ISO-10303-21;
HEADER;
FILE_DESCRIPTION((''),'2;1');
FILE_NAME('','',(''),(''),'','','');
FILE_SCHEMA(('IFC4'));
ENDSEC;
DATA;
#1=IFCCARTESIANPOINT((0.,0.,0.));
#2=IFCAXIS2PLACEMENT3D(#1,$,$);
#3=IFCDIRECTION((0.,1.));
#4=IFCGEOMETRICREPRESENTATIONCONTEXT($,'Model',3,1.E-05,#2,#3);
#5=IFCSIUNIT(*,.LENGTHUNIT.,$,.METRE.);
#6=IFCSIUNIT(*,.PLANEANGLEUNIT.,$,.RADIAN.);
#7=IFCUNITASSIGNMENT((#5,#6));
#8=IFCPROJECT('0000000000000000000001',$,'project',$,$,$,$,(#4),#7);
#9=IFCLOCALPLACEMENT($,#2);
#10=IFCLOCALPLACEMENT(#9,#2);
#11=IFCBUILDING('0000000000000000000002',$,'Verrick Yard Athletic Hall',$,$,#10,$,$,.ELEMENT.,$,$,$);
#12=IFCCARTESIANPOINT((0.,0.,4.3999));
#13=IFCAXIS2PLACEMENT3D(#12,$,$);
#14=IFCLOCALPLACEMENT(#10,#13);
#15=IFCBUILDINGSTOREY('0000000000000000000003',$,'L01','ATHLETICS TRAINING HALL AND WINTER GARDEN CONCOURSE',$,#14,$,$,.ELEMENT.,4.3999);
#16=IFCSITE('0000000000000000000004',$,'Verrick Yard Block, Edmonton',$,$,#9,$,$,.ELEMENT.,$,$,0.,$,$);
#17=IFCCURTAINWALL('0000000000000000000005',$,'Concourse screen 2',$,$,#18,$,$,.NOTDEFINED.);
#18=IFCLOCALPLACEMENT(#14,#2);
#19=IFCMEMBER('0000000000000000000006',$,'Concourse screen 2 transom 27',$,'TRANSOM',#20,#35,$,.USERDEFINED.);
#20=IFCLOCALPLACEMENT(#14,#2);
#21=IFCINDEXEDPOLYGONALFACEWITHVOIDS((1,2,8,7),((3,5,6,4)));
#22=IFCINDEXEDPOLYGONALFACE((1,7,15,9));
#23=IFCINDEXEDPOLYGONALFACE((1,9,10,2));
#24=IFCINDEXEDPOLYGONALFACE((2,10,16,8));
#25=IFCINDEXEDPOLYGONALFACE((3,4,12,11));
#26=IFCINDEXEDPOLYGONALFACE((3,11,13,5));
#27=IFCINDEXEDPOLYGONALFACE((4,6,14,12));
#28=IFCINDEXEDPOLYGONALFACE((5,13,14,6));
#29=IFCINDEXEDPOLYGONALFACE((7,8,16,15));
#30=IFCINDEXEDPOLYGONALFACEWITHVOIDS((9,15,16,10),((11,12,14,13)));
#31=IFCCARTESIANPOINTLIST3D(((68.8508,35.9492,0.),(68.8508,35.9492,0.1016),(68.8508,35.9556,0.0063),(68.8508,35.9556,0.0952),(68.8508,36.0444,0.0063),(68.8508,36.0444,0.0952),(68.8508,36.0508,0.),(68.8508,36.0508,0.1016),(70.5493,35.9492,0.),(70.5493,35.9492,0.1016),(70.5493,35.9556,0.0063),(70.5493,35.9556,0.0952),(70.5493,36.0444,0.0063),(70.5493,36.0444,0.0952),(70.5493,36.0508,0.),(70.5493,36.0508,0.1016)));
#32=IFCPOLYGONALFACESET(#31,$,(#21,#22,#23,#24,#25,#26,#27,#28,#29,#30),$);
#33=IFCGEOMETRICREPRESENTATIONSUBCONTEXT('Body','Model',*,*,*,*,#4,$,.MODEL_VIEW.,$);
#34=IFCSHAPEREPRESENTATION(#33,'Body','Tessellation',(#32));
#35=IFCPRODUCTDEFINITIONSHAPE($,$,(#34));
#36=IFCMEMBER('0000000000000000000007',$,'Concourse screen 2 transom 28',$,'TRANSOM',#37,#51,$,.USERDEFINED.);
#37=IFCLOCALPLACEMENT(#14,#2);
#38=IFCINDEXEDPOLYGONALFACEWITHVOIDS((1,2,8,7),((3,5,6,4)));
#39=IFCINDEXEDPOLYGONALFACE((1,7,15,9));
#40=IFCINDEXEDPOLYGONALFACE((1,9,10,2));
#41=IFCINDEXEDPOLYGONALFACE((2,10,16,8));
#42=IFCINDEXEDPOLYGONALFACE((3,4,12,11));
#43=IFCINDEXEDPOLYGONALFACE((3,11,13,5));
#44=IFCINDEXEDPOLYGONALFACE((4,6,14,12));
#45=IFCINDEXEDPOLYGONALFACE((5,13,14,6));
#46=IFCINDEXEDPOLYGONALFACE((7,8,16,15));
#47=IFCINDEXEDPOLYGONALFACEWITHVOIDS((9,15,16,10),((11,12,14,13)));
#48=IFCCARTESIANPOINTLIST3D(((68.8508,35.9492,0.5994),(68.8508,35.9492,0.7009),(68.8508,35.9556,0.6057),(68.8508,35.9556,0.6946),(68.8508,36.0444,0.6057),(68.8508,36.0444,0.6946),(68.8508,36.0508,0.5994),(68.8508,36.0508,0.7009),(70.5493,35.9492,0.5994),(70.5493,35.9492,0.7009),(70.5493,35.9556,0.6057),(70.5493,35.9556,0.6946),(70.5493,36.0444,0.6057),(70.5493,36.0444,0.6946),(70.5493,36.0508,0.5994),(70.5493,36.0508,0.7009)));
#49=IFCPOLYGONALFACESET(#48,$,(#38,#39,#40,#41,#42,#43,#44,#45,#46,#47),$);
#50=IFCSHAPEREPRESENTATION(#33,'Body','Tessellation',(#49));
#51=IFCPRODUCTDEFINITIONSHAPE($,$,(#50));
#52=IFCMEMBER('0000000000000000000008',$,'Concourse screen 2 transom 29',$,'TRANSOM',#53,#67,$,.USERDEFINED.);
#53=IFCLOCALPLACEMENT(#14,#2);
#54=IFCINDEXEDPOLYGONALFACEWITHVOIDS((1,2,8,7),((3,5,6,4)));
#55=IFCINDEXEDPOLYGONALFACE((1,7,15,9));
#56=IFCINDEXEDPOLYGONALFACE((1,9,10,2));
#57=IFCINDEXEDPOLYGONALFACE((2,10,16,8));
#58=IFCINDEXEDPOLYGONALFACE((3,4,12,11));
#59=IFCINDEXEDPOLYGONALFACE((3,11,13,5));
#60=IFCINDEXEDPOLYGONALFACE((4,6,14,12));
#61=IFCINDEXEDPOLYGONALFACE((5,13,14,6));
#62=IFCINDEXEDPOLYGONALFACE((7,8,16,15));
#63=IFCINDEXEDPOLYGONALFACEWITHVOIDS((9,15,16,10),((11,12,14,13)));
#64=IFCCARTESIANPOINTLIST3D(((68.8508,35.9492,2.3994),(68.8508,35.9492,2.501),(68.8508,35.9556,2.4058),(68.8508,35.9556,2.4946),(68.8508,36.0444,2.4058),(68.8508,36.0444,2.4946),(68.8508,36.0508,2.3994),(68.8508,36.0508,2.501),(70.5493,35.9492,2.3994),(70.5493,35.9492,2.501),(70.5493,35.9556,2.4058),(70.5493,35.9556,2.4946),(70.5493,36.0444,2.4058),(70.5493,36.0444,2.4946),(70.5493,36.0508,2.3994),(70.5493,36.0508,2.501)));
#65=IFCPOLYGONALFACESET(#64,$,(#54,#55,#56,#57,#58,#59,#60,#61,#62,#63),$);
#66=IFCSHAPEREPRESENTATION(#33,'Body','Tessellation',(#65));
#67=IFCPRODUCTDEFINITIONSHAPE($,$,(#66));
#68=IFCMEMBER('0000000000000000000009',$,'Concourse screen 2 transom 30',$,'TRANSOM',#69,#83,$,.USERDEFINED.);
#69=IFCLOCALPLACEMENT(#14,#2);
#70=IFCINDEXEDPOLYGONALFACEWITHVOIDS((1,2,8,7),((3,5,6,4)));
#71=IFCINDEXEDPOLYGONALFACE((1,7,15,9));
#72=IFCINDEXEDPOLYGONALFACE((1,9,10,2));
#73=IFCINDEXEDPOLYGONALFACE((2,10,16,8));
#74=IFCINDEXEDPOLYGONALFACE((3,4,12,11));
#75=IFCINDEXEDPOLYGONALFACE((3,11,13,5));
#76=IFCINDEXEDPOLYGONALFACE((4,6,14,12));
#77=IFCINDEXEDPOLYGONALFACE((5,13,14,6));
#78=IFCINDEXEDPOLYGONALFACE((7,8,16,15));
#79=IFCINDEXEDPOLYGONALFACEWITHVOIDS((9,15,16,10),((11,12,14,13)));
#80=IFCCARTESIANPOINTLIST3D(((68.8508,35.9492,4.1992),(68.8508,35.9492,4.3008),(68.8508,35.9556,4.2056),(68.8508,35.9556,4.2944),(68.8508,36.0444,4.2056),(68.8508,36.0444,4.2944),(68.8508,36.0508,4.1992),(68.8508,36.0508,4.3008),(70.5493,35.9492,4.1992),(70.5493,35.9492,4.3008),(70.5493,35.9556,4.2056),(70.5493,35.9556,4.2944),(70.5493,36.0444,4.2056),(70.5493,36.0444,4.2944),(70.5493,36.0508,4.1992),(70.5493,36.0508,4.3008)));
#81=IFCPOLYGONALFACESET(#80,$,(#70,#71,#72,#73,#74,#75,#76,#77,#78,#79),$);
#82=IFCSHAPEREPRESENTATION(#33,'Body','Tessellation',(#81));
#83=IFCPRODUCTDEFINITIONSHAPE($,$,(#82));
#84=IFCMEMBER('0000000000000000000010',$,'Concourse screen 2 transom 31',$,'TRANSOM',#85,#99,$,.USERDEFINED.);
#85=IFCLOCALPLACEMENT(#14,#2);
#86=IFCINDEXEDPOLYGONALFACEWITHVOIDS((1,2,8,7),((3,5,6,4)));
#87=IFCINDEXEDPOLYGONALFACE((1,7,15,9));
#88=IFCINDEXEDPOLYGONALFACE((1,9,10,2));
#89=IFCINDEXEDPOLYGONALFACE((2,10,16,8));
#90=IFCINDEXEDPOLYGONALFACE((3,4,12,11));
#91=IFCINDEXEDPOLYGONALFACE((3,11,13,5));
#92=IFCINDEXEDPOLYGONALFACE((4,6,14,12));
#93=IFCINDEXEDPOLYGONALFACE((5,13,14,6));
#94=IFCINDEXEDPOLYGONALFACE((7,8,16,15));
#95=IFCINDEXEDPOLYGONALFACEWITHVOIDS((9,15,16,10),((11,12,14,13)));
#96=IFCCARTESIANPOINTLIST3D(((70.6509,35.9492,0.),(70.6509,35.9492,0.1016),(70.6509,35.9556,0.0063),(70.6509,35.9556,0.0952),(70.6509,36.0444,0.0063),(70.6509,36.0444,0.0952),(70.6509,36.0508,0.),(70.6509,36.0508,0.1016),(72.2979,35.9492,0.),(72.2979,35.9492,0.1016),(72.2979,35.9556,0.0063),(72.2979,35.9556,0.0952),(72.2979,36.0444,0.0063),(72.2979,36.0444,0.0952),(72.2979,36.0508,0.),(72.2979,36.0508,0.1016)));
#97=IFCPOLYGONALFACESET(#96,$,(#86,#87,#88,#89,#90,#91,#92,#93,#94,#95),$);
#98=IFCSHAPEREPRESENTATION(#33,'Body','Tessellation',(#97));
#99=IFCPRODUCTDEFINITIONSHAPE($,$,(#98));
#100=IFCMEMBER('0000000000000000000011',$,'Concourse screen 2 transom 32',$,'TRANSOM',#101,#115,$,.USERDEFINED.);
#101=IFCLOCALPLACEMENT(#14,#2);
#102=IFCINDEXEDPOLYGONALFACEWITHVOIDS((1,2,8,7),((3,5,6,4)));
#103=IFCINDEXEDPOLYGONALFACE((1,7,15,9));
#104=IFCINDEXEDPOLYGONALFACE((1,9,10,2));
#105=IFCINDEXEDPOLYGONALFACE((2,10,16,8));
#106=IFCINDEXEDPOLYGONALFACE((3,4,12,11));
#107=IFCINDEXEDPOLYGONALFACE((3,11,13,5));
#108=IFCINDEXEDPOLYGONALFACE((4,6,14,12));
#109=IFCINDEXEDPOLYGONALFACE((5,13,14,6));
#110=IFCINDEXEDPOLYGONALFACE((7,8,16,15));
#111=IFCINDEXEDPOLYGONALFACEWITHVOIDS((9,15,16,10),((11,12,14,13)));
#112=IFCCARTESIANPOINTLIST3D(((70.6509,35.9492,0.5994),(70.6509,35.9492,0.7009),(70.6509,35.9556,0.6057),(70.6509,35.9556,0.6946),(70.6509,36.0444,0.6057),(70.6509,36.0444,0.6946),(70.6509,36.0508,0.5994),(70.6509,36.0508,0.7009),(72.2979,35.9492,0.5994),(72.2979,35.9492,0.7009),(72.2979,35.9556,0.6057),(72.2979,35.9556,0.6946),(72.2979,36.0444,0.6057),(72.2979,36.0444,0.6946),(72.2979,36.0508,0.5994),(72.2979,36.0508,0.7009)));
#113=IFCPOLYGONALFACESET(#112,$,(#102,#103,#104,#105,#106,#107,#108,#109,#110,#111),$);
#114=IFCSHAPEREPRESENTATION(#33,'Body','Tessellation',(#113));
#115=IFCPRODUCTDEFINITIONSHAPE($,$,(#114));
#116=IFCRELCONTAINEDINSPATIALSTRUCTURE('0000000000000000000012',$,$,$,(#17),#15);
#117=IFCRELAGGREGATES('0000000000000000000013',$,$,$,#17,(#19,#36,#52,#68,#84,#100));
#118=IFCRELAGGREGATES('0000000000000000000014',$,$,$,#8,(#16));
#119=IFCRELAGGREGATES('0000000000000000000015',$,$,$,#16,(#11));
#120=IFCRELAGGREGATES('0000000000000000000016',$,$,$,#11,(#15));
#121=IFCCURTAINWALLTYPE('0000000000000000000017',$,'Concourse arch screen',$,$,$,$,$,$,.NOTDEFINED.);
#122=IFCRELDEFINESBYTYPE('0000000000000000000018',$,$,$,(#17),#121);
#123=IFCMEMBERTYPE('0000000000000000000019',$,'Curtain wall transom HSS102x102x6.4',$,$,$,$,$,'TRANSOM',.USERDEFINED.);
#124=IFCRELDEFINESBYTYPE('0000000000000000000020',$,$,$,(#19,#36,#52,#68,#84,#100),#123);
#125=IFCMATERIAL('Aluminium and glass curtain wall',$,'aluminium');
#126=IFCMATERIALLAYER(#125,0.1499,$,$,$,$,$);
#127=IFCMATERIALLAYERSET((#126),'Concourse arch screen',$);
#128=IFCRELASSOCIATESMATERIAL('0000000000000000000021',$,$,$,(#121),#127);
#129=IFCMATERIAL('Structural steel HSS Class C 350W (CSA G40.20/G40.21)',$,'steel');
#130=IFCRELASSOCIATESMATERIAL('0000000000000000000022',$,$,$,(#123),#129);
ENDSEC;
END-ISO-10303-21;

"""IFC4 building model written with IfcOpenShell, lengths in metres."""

from ifc_helpers import new_model, si_unit, direction, frame, origin, origin_2d, place, context, subcontext, project, spatial, hollow_rectangle, extrude, material, layer, layer_set, material_profile, profile_set, type_object, element, aggregate, save


model = new_model("IFC4")

# Units and contexts
model_context = context("Model", 3, precision=1e-05, world=origin(), true_north=direction((0.0, 1.0)))
body_context = subcontext(model_context, "Body", "Model", "MODEL_VIEW")
ifc_project = project(units=[si_unit("LENGTHUNIT", "METRE"), si_unit("PLANEANGLEUNIT", "RADIAN")], contexts=[model_context])

# Site, building, storey
site_placement = place(None, origin())
site = spatial("IfcSite", under=ifc_project, at=site_placement, Name="Verrick Yard Block, Edmonton", CompositionType="ELEMENT", RefElevation=0.0)
building_placement = place(site_placement, origin())
building = spatial("IfcBuilding", under=site, at=building_placement, Name="Verrick Yard Athletic Hall", CompositionType="ELEMENT")
storey_placement = place(building_placement, frame((0.0, 0.0, 4.3999)))
storey = spatial("IfcBuildingStorey", under=building, at=storey_placement, Name="L01", Description="ATHLETICS TRAINING HALL AND WINTER GARDEN CONCOURSE", CompositionType="ELEMENT", Elevation=4.3999)

# Curtain wall, members
ifc_material_1 = material(Name="Aluminium and glass curtain wall", Category="aluminium")
ifc_layer = layer(ifc_material_1, 0.1499)
ifc_layer_set = layer_set([ifc_layer], Name="Concourse arch screen")
curtain_wall_type = type_object("IfcCurtainWallType", Name="Concourse arch screen", PredefinedType="NOTDEFINED", material=ifc_layer_set)
curtain_wall_placement = place(storey_placement, origin())
curtain_wall = element("IfcCurtainWall", 1, at=curtain_wall_placement, inside=storey, type_object=curtain_wall_type, Name="Concourse screen 2", PredefinedType="NOTDEFINED")
ifc_material_2 = material(Name="Structural steel HSS Class C 350W (CSA G40.20/G40.21)", Category="steel")
ifc_material_profile_1 = material_profile(ifc_material_2, hollow_rectangle(XDim=0.1016, YDim=0.1016, WallThickness=0.0063, at=origin_2d()), Name="HSS102x102x6.4")
ifc_profile_set_1 = profile_set([ifc_material_profile_1], Name="Structural steel HSS Class C 350W (CSA G40.20/G40.21)")
member_type_1 = type_object("IfcMemberType", Name="Curtain wall transom HSS102x102x6.4", ElementType="TRANSOM", PredefinedType="USERDEFINED", material=ifc_profile_set_1)
member_1_placement = place(storey_placement, frame((68.8508, 36.0, 0.0508), z_axis=(1.0, 0.0, 0.0), x_axis=(0.0, 1.0, 0.0)))
member_1 = element("IfcMember", 2, at=member_1_placement, type_object=member_type_1, Name="Concourse screen 2 transom 27", ObjectType="TRANSOM", PredefinedType="USERDEFINED", context=body_context, shape_type="SweptSolid", body=[
    extrude(hollow_rectangle(XDim=0.1016, YDim=0.1016, WallThickness=0.0063, at=origin_2d()), origin(), (0.0, 0.0, 1.0), 1.6985),
])
member_2_placement = place(storey_placement, frame((68.8508, 36.0, 0.6501), z_axis=(1.0, 0.0, 0.0), x_axis=(0.0, 1.0, 0.0)))
member_2 = element("IfcMember", 3, at=member_2_placement, type_object=member_type_1, Name="Concourse screen 2 transom 28", ObjectType="TRANSOM", PredefinedType="USERDEFINED", context=body_context, shape_type="SweptSolid", body=[
    extrude(hollow_rectangle(XDim=0.1016, YDim=0.1016, WallThickness=0.0063, at=origin_2d()), origin(), (0.0, 0.0, 1.0), 1.6985),
])
member_3_placement = place(storey_placement, frame((68.8508, 36.0, 2.4502), z_axis=(1.0, 0.0, 0.0), x_axis=(0.0, 1.0, 0.0)))
member_3 = element("IfcMember", 4, at=member_3_placement, type_object=member_type_1, Name="Concourse screen 2 transom 29", ObjectType="TRANSOM", PredefinedType="USERDEFINED", context=body_context, shape_type="SweptSolid", body=[
    extrude(hollow_rectangle(XDim=0.1016, YDim=0.1016, WallThickness=0.0063, at=origin_2d()), origin(), (0.0, 0.0, 1.0), 1.6985),
])
member_4_placement = place(storey_placement, frame((68.8508, 36.0, 4.25), z_axis=(1.0, 0.0, 0.0), x_axis=(0.0, 1.0, 0.0)))
member_4 = element("IfcMember", 5, at=member_4_placement, type_object=member_type_1, Name="Concourse screen 2 transom 30", ObjectType="TRANSOM", PredefinedType="USERDEFINED", context=body_context, shape_type="SweptSolid", body=[
    extrude(hollow_rectangle(XDim=0.1016, YDim=0.1016, WallThickness=0.0063, at=origin_2d()), origin(), (0.0, 0.0, 1.0), 1.6985),
])
member_5_placement = place(storey_placement, frame((70.6509, 36.0, 0.0508), z_axis=(1.0, 0.0, 0.0), x_axis=(0.0, 1.0, 0.0)))
member_5 = element("IfcMember", 6, at=member_5_placement, type_object=member_type_1, Name="Concourse screen 2 transom 31", ObjectType="TRANSOM", PredefinedType="USERDEFINED", context=body_context, shape_type="SweptSolid", body=[
    extrude(hollow_rectangle(XDim=0.1016, YDim=0.1016, WallThickness=0.0063, at=origin_2d()), origin(), (0.0, 0.0, 1.0), 1.647),
])
member_6_placement = place(storey_placement, frame((70.6509, 36.0, 0.6501), z_axis=(1.0, 0.0, 0.0), x_axis=(0.0, 1.0, 0.0)))
member_6 = element("IfcMember", 7, at=member_6_placement, type_object=member_type_1, Name="Concourse screen 2 transom 32", ObjectType="TRANSOM", PredefinedType="USERDEFINED", context=body_context, shape_type="SweptSolid", body=[
    extrude(hollow_rectangle(XDim=0.1016, YDim=0.1016, WallThickness=0.0063, at=origin_2d()), origin(), (0.0, 0.0, 1.0), 1.647),
])
aggregate(curtain_wall, [member_1, member_2, member_3, member_4, member_5, member_6])

save(model, "model.ifc")
